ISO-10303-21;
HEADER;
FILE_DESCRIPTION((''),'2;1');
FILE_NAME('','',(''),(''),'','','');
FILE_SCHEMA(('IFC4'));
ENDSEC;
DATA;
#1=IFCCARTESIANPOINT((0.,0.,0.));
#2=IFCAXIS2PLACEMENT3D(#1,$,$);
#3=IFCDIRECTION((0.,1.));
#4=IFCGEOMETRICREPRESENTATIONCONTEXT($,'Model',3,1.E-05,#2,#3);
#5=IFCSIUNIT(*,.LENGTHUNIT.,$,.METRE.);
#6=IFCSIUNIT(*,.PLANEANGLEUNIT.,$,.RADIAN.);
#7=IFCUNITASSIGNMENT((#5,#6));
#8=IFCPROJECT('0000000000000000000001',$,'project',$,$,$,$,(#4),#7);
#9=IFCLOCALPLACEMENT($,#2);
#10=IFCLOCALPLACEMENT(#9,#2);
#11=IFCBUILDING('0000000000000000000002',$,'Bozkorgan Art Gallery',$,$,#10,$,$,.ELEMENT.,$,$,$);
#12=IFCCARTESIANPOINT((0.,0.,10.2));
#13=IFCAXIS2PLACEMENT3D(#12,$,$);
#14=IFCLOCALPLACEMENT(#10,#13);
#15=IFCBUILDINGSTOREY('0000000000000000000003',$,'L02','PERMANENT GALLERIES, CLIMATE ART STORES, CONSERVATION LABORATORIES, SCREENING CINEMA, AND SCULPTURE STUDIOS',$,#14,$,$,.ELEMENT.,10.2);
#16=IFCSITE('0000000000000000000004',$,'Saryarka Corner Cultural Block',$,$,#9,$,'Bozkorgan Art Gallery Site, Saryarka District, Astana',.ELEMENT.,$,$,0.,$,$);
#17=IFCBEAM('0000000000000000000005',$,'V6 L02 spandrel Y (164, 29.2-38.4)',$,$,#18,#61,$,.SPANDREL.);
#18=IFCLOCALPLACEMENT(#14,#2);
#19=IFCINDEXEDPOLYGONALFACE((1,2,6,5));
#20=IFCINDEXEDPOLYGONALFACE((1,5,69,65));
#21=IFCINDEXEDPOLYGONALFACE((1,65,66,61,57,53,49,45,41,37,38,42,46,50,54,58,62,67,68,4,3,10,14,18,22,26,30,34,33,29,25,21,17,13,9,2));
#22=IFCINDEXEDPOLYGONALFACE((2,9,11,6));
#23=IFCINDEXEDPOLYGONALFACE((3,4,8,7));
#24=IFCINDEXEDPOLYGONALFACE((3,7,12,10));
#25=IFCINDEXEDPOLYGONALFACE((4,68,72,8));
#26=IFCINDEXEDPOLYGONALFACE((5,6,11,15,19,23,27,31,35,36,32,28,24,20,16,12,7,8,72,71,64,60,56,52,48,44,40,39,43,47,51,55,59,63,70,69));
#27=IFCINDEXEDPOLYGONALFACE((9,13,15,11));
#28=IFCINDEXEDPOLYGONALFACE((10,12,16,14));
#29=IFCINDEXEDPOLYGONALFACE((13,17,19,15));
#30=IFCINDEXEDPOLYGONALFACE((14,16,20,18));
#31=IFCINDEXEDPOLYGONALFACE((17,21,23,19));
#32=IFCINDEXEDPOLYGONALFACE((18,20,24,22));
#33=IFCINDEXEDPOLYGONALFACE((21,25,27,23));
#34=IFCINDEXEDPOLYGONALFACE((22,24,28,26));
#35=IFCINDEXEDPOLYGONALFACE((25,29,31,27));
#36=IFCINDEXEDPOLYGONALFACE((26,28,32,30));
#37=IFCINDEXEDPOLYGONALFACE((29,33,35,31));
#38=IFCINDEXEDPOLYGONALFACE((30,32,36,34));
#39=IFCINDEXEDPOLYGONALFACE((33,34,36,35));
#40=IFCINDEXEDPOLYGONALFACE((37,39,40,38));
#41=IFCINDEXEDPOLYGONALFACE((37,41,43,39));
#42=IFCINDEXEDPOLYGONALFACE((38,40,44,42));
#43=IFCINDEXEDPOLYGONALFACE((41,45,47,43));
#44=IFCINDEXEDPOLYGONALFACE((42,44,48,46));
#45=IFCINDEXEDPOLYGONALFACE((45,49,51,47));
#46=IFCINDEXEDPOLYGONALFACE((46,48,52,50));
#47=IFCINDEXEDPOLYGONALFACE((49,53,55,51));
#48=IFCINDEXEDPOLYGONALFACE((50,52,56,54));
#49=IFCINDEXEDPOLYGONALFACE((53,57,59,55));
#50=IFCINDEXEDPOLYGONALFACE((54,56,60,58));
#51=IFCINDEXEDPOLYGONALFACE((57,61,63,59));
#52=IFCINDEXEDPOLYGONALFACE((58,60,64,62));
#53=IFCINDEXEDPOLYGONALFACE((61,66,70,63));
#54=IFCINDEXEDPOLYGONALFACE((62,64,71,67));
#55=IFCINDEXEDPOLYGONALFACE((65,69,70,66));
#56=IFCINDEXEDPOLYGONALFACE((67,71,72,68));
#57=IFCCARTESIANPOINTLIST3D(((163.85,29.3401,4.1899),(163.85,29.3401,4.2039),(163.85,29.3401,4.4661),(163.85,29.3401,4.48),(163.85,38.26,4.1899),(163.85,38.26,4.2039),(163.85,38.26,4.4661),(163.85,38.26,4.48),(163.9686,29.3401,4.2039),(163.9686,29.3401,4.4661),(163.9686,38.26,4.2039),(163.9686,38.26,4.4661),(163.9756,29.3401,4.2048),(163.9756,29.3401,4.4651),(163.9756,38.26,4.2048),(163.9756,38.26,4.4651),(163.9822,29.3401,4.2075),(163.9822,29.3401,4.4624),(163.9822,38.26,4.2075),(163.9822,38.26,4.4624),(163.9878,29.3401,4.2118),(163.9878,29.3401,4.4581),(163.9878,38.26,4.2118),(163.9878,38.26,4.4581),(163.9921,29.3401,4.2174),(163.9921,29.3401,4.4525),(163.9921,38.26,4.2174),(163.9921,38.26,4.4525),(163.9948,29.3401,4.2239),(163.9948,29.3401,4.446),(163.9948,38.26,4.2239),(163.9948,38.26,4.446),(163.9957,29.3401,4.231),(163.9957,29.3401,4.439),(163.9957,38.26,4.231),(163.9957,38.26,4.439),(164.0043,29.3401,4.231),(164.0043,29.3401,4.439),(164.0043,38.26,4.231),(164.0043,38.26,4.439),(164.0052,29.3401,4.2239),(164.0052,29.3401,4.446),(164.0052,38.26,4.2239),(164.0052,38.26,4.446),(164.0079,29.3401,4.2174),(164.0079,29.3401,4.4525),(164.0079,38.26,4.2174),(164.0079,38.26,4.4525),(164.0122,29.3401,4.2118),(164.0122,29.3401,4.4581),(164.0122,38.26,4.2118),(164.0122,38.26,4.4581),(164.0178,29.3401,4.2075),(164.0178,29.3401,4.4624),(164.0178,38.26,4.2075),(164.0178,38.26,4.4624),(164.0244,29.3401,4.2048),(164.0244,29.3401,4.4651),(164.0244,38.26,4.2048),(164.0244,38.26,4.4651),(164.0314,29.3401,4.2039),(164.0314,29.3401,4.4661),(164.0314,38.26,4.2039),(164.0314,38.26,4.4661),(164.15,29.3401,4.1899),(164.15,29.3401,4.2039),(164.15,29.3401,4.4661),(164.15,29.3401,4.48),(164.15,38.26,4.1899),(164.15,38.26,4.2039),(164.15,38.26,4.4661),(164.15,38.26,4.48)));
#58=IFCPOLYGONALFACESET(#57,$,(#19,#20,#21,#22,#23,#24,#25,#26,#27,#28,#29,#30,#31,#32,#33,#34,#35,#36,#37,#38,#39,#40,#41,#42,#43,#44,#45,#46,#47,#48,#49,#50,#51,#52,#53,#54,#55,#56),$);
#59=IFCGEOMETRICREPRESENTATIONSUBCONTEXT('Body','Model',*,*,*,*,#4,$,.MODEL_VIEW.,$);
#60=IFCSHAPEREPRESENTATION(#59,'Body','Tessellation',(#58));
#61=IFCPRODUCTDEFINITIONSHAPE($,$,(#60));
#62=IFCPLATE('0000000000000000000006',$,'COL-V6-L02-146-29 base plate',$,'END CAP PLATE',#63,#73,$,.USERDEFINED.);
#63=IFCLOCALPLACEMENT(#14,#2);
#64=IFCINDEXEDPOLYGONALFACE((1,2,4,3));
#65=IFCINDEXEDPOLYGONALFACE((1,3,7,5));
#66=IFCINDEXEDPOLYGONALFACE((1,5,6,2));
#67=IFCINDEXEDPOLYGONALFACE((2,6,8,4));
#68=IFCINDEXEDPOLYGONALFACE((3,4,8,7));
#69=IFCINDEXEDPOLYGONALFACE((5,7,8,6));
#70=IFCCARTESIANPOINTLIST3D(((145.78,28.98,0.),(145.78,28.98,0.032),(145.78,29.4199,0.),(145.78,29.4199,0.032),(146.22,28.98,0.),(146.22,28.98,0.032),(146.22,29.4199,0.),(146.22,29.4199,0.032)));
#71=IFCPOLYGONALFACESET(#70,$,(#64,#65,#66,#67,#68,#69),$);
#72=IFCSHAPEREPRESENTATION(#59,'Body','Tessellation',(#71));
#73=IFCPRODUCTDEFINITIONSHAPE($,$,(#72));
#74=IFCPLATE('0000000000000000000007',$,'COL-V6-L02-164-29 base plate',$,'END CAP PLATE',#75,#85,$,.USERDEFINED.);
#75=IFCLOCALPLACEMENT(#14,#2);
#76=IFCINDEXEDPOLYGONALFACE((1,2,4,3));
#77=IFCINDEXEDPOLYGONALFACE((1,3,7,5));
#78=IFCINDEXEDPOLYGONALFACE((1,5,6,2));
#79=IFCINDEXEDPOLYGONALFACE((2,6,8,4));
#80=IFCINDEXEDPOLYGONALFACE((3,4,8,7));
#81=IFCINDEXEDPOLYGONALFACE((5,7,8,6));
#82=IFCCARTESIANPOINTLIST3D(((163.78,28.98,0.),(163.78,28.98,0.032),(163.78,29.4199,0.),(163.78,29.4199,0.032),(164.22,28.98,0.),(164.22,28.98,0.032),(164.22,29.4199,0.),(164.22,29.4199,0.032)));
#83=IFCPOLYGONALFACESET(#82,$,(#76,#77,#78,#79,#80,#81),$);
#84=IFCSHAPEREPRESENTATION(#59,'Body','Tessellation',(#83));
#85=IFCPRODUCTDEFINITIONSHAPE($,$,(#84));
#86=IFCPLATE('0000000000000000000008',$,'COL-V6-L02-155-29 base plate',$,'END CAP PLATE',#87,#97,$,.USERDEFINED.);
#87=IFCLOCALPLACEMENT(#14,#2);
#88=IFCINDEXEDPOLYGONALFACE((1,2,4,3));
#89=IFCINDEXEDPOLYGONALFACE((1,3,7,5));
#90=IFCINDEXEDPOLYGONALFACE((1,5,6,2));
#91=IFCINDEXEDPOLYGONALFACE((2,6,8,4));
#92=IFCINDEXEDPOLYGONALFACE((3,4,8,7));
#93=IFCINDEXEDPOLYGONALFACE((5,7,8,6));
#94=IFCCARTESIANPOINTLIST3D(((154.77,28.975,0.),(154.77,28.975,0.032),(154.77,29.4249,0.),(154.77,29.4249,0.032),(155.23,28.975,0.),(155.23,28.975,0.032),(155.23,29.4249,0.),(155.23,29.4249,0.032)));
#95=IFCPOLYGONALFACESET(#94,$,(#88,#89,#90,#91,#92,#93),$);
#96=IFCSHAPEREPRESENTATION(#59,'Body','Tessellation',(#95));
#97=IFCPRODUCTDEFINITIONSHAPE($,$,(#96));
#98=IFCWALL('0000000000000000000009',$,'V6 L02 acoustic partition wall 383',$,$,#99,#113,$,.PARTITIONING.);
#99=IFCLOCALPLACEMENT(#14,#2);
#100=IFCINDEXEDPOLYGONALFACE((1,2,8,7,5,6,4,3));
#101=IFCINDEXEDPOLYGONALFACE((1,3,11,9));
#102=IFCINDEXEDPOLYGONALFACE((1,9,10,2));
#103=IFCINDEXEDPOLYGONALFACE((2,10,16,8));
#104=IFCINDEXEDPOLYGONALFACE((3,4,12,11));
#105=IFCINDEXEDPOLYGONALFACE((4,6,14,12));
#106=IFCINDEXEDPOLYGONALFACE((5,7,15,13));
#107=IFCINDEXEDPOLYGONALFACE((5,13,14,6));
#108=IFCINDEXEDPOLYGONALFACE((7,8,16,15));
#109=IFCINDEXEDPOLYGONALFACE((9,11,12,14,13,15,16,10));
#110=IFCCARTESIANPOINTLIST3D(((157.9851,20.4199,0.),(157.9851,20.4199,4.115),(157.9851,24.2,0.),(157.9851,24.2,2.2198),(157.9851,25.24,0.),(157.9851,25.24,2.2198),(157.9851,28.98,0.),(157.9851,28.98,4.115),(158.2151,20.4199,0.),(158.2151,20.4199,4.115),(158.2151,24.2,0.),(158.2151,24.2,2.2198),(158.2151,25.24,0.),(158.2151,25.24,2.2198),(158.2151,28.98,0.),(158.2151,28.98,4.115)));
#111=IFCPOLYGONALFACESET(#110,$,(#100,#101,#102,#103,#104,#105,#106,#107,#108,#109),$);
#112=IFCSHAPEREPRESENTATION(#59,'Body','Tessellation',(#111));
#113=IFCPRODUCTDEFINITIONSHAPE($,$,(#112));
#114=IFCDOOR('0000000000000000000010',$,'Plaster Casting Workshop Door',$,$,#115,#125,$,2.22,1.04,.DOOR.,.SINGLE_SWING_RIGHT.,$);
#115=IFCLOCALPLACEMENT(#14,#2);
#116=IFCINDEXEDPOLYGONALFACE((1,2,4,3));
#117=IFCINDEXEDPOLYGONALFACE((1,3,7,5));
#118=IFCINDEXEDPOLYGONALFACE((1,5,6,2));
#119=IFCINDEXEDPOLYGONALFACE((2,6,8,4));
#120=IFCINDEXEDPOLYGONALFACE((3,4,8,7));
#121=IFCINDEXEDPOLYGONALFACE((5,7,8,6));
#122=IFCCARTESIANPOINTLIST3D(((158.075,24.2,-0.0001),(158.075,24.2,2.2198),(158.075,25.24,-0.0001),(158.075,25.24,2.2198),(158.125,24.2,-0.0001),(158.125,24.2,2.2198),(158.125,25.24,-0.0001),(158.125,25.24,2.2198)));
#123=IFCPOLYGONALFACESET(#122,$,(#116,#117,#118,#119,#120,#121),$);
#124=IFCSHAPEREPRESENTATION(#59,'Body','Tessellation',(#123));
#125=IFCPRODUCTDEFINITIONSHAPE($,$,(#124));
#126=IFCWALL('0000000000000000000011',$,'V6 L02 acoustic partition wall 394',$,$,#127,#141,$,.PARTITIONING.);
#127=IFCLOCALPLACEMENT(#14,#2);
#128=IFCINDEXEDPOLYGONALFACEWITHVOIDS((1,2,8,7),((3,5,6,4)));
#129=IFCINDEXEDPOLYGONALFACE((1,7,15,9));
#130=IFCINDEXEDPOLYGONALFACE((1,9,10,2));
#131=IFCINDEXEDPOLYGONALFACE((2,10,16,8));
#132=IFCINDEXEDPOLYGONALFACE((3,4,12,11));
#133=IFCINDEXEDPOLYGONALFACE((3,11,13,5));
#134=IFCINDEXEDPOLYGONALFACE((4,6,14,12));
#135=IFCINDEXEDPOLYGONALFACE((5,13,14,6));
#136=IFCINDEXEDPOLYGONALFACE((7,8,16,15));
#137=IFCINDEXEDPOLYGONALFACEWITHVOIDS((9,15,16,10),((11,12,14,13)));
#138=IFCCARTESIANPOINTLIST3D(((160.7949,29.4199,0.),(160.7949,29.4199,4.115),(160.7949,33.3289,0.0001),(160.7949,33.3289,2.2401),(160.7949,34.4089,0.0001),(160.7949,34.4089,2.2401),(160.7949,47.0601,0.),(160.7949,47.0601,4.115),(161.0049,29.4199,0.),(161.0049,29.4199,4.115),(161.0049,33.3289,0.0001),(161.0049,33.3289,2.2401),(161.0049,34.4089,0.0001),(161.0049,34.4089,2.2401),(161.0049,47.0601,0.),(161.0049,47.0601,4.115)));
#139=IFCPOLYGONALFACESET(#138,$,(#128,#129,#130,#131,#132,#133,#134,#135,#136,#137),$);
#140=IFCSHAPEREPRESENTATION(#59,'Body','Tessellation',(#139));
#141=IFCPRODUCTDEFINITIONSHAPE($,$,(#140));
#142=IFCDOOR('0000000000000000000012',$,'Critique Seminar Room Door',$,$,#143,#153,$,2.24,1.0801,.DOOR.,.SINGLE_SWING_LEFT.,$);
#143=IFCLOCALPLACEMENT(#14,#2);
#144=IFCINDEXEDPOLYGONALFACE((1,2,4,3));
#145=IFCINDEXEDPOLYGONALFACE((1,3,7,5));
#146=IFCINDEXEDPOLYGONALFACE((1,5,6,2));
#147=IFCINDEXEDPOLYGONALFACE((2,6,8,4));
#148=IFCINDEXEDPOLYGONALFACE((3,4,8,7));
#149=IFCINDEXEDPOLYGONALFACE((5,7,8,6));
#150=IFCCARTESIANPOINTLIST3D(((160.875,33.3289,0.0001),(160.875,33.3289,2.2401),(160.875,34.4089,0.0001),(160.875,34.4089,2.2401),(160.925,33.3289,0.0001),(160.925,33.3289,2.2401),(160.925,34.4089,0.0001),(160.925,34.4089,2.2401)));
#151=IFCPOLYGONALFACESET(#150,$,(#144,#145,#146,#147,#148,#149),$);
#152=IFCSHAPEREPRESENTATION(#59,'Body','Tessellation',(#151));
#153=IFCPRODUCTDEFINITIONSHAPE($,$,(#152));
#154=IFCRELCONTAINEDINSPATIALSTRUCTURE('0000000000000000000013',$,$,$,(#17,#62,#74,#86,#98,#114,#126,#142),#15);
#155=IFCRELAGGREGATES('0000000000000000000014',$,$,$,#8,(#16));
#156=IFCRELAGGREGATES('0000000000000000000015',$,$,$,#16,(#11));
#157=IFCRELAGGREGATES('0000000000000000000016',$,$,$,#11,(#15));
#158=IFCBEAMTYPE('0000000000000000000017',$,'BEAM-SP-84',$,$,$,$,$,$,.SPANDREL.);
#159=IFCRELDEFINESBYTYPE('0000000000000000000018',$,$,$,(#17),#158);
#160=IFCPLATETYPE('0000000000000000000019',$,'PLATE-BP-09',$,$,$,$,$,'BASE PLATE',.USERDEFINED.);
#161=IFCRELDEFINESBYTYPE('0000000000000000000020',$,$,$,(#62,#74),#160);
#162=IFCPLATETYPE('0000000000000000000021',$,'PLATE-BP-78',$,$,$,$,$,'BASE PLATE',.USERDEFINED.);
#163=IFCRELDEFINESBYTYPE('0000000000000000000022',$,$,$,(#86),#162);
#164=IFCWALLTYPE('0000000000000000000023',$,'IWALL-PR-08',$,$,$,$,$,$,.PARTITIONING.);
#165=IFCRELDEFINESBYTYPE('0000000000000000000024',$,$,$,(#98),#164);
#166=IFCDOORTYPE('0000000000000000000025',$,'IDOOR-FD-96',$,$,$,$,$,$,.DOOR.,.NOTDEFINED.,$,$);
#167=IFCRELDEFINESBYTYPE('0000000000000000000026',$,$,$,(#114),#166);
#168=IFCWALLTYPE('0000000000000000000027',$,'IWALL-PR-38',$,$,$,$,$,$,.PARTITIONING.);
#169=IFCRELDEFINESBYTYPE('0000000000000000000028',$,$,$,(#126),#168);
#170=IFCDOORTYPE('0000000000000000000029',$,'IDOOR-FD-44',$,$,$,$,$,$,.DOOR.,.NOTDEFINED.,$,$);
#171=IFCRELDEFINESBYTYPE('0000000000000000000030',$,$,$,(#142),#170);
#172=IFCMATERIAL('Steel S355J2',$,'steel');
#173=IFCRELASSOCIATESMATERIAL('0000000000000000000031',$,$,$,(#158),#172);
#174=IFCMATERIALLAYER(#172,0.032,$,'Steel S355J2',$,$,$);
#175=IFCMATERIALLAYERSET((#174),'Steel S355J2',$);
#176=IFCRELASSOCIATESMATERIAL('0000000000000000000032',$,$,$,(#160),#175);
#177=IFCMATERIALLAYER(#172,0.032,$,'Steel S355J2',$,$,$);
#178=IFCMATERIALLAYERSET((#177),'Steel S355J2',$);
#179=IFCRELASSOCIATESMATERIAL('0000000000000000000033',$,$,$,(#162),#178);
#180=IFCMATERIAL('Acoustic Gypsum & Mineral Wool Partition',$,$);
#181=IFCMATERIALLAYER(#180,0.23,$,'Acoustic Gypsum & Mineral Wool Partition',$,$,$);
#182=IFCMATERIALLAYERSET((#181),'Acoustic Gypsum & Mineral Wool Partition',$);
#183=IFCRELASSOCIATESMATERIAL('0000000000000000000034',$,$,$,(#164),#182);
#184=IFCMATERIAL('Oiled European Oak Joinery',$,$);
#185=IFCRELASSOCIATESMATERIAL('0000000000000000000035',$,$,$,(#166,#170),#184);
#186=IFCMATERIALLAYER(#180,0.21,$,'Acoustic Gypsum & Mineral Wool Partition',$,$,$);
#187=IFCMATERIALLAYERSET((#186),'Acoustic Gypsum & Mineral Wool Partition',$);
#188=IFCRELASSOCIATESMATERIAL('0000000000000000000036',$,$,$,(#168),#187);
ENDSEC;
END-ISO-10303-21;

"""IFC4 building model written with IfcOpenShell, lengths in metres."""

from ifc_helpers import new_model, si_unit, direction, frame, frame_2d, origin, origin_2d, place, context, subcontext, project, spatial, rectangle, i_section, extrude, material, layer, layer_set, material_profile, profile_set, type_object, element, fill, save


model = new_model("IFC4")

# Units and contexts
model_context = context("Model", 3, precision=1e-05, world=origin(), true_north=direction((0.0, 1.0)))
body_context = subcontext(model_context, "Body", "Model", "MODEL_VIEW")
ifc_project = project(units=[si_unit("LENGTHUNIT", "METRE"), si_unit("PLANEANGLEUNIT", "RADIAN")], contexts=[model_context])

# Site, building, storey
site_placement = place(None, origin())
site = spatial("IfcSite", under=ifc_project, at=site_placement, Name="Saryarka Corner Cultural Block", LongName="Bozkorgan Art Gallery Site, Saryarka District, Astana", CompositionType="ELEMENT", RefElevation=0.0)
building_placement = place(site_placement, origin())
building = spatial("IfcBuilding", under=site, at=building_placement, Name="Bozkorgan Art Gallery", CompositionType="ELEMENT")
storey_placement = place(building_placement, frame((0.0, 0.0, 10.2)))
storey = spatial("IfcBuildingStorey", under=building, at=storey_placement, Name="L02", Description="PERMANENT GALLERIES, CLIMATE ART STORES, CONSERVATION LABORATORIES, SCREENING CINEMA, AND SCULPTURE STUDIOS", CompositionType="ELEMENT", Elevation=10.2)

# Shared definitions
ifc_material_1 = material(Name="Steel S355J2", Category="steel")

# Beam
ifc_material_profile_1 = material_profile(ifc_material_1, i_section(OverallWidth=0.3, OverallDepth=0.29, WebThickness=0.0085, FlangeThickness=0.0139, FilletRadius=0.0271, at=origin_2d()), Name="HEA 300")
ifc_profile_set_1 = profile_set([ifc_material_profile_1], Name="Steel S355J2")
beam_type_1 = type_object("IfcBeamType", Name="BEAM-SP-84", PredefinedType="SPANDREL", material=ifc_profile_set_1)
for number, where, z_axis, x_axis, name in (
    (1, (164.0, 29.3401, 4.335), (0.0, 1.0, 0.0), (-1.0, 0.0, 0.0), "V6 L02 spandrel Y (164, 29.2-38.4)"),
):
    element("IfcBeam", number, at=place(storey_placement, frame(where, z_axis=z_axis, x_axis=x_axis)), inside=storey, type_object=beam_type_1, Name=name, PredefinedType="SPANDREL", context=body_context, shape_type="SweptSolid", body=[
        extrude(i_section(OverallWidth=0.3, OverallDepth=0.29, WebThickness=0.0085, FlangeThickness=0.0139, FilletRadius=0.0271, at=origin_2d()), origin(), (0.0, 0.0, 1.0), 8.9199),
    ])

# Plates
ifc_layer_1 = layer(ifc_material_1, 0.032, Name="Steel S355J2")
ifc_layer_set_1 = layer_set([ifc_layer_1], Name="Steel S355J2")
plate_type_1 = type_object("IfcPlateType", Name="PLATE-BP-09", ElementType="BASE PLATE", PredefinedType="USERDEFINED", material=ifc_layer_set_1)
for number, where, z_axis, x_axis, name in (
    (2, (146.0, 29.2, 0.0), (0.0, 0.0, 1.0), (1.0, 0.0, 0.0), "COL-V6-L02-146-29 base plate"),
    (3, (164.0, 29.2, 0.0), (0.0, 0.0, 1.0), (1.0, 0.0, 0.0), "COL-V6-L02-164-29 base plate"),
):
    element("IfcPlate", number, at=place(storey_placement, frame(where, z_axis=z_axis, x_axis=x_axis)), inside=storey, type_object=plate_type_1, Name=name, ObjectType="END CAP PLATE", PredefinedType="USERDEFINED", context=body_context, shape_type="SweptSolid", body=[
        extrude(rectangle(XDim=0.4399, YDim=0.4399, at=origin_2d()), origin(), (0.0, 0.0, 1.0), 0.032),
    ])
ifc_layer_2 = layer(ifc_material_1, 0.032, Name="Steel S355J2")
ifc_layer_set_2 = layer_set([ifc_layer_2], Name="Steel S355J2")
plate_type_2 = type_object("IfcPlateType", Name="PLATE-BP-78", ElementType="BASE PLATE", PredefinedType="USERDEFINED", material=ifc_layer_set_2)
plate_placement = place(storey_placement, frame((155.0, 29.2, 0.0), z_axis=(0.0, 0.0, 1.0), x_axis=(1.0, 0.0, 0.0)))
element("IfcPlate", 4, at=plate_placement, inside=storey, type_object=plate_type_2, Name="COL-V6-L02-155-29 base plate", ObjectType="END CAP PLATE", PredefinedType="USERDEFINED", context=body_context, shape_type="SweptSolid", body=[
    extrude(rectangle(XDim=0.46, YDim=0.45, at=origin_2d()), origin(), (0.0, 0.0, 1.0), 0.032),
])

# Walls, openings, doors
ifc_material_2 = material(Name="Acoustic Gypsum & Mineral Wool Partition")
ifc_layer_3 = layer(ifc_material_2, 0.23, Name="Acoustic Gypsum & Mineral Wool Partition")
ifc_layer_set_3 = layer_set([ifc_layer_3], Name="Acoustic Gypsum & Mineral Wool Partition")
wall_type_1 = type_object("IfcWallType", Name="IWALL-PR-08", PredefinedType="PARTITIONING", material=ifc_layer_set_3)
wall_1_placement = place(storey_placement, frame((158.1001, 20.4199, 0.0), z_axis=(0.0, 0.0, 1.0), x_axis=(0.0, 1.0, 0.0)))
wall_1 = element("IfcWall", 5, at=wall_1_placement, inside=storey, type_object=wall_type_1, Name="V6 L02 acoustic partition wall 383", PredefinedType="PARTITIONING", context=body_context, shape_type="SweptSolid", body=[
    extrude(rectangle(XDim=8.5601, YDim=0.23, at=frame_2d((4.28, 0.0))), origin(), (0.0, 0.0, 1.0), 4.115),
])
opening_1_placement = place(wall_1_placement, frame((4.8201, 0.0, 0.0), z_axis=(0.0, 0.0, 1.0), x_axis=(-1.0, 0.0, 0.0)))
opening_1 = element("IfcOpeningElement", 6, at=opening_1_placement, cuts=wall_1, PredefinedType="OPENING", context=body_context, shape_type="SweptSolid", body=[
    extrude(rectangle(XDim=1.04, YDim=2.22, at=frame_2d((0.52, 1.1099))), frame((0.0, 0.125, 0.0), z_axis=(0.0, -1.0, 0.0), x_axis=(1.0, 0.0, 0.0)), (0.0, 0.0, 1.0), 0.25),
])
ifc_material_3 = material(Name="Oiled European Oak Joinery")
door_type_1 = type_object("IfcDoorType", Name="IDOOR-FD-96", OperationType="NOTDEFINED", PredefinedType="DOOR", material=ifc_material_3)
door_1_placement = place(opening_1_placement, origin())
door_1 = element("IfcDoor", 7, at=door_1_placement, inside=storey, type_object=door_type_1, Name="Plaster Casting Workshop Door", OperationType="SINGLE_SWING_RIGHT", OverallHeight=2.22, OverallWidth=1.04, PredefinedType="DOOR", context=body_context, shape_type="SweptSolid", body=[
    extrude(rectangle(XDim=1.04, YDim=2.22, at=frame_2d((0.52, 1.1099))), frame((0.0, 0.0249, 0.0), z_axis=(0.0, -1.0, 0.0), x_axis=(1.0, 0.0, 0.0)), (0.0, 0.0, 1.0), 0.05),
])
fill(opening_1, door_1)
ifc_layer_4 = layer(ifc_material_2, 0.21, Name="Acoustic Gypsum & Mineral Wool Partition")
ifc_layer_set_4 = layer_set([ifc_layer_4], Name="Acoustic Gypsum & Mineral Wool Partition")
wall_type_2 = type_object("IfcWallType", Name="IWALL-PR-38", PredefinedType="PARTITIONING", material=ifc_layer_set_4)
wall_2_placement = place(storey_placement, frame((160.8999, 29.4199, 0.0), z_axis=(0.0, 0.0, 1.0), x_axis=(0.0, 1.0, 0.0)))
wall_2 = element("IfcWall", 8, at=wall_2_placement, inside=storey, type_object=wall_type_2, Name="V6 L02 acoustic partition wall 394", PredefinedType="PARTITIONING", context=body_context, shape_type="SweptSolid", body=[
    extrude(rectangle(XDim=17.6401, YDim=0.21, at=frame_2d((8.8201, 0.0))), origin(), (0.0, 0.0, 1.0), 4.115),
])
opening_2_placement = place(wall_2_placement, frame((3.9089, 0.0, 0.0)))
opening_2 = element("IfcOpeningElement", 9, at=opening_2_placement, cuts=wall_2, PredefinedType="OPENING", context=body_context, shape_type="SweptSolid", body=[
    extrude(rectangle(XDim=1.0801, YDim=2.24, at=frame_2d((0.54, 1.1201))), frame((0.0, 0.115, 0.0), z_axis=(0.0, -1.0, 0.0), x_axis=(1.0, 0.0, 0.0)), (0.0, 0.0, 1.0), 0.23),
])
door_type_2 = type_object("IfcDoorType", Name="IDOOR-FD-44", OperationType="NOTDEFINED", PredefinedType="DOOR", material=ifc_material_3)
door_2_placement = place(opening_2_placement, origin())
door_2 = element("IfcDoor", 10, at=door_2_placement, inside=storey, type_object=door_type_2, Name="Critique Seminar Room Door", OperationType="SINGLE_SWING_LEFT", OverallHeight=2.24, OverallWidth=1.0801, PredefinedType="DOOR", context=body_context, shape_type="SweptSolid", body=[
    extrude(rectangle(XDim=1.0801, YDim=2.24, at=frame_2d((0.54, 1.1201))), frame((0.0, 0.0249, 0.0), z_axis=(0.0, -1.0, 0.0), x_axis=(1.0, 0.0, 0.0)), (0.0, 0.0, 1.0), 0.05),
])
fill(opening_2, door_2)

save(model, "model.ifc")
